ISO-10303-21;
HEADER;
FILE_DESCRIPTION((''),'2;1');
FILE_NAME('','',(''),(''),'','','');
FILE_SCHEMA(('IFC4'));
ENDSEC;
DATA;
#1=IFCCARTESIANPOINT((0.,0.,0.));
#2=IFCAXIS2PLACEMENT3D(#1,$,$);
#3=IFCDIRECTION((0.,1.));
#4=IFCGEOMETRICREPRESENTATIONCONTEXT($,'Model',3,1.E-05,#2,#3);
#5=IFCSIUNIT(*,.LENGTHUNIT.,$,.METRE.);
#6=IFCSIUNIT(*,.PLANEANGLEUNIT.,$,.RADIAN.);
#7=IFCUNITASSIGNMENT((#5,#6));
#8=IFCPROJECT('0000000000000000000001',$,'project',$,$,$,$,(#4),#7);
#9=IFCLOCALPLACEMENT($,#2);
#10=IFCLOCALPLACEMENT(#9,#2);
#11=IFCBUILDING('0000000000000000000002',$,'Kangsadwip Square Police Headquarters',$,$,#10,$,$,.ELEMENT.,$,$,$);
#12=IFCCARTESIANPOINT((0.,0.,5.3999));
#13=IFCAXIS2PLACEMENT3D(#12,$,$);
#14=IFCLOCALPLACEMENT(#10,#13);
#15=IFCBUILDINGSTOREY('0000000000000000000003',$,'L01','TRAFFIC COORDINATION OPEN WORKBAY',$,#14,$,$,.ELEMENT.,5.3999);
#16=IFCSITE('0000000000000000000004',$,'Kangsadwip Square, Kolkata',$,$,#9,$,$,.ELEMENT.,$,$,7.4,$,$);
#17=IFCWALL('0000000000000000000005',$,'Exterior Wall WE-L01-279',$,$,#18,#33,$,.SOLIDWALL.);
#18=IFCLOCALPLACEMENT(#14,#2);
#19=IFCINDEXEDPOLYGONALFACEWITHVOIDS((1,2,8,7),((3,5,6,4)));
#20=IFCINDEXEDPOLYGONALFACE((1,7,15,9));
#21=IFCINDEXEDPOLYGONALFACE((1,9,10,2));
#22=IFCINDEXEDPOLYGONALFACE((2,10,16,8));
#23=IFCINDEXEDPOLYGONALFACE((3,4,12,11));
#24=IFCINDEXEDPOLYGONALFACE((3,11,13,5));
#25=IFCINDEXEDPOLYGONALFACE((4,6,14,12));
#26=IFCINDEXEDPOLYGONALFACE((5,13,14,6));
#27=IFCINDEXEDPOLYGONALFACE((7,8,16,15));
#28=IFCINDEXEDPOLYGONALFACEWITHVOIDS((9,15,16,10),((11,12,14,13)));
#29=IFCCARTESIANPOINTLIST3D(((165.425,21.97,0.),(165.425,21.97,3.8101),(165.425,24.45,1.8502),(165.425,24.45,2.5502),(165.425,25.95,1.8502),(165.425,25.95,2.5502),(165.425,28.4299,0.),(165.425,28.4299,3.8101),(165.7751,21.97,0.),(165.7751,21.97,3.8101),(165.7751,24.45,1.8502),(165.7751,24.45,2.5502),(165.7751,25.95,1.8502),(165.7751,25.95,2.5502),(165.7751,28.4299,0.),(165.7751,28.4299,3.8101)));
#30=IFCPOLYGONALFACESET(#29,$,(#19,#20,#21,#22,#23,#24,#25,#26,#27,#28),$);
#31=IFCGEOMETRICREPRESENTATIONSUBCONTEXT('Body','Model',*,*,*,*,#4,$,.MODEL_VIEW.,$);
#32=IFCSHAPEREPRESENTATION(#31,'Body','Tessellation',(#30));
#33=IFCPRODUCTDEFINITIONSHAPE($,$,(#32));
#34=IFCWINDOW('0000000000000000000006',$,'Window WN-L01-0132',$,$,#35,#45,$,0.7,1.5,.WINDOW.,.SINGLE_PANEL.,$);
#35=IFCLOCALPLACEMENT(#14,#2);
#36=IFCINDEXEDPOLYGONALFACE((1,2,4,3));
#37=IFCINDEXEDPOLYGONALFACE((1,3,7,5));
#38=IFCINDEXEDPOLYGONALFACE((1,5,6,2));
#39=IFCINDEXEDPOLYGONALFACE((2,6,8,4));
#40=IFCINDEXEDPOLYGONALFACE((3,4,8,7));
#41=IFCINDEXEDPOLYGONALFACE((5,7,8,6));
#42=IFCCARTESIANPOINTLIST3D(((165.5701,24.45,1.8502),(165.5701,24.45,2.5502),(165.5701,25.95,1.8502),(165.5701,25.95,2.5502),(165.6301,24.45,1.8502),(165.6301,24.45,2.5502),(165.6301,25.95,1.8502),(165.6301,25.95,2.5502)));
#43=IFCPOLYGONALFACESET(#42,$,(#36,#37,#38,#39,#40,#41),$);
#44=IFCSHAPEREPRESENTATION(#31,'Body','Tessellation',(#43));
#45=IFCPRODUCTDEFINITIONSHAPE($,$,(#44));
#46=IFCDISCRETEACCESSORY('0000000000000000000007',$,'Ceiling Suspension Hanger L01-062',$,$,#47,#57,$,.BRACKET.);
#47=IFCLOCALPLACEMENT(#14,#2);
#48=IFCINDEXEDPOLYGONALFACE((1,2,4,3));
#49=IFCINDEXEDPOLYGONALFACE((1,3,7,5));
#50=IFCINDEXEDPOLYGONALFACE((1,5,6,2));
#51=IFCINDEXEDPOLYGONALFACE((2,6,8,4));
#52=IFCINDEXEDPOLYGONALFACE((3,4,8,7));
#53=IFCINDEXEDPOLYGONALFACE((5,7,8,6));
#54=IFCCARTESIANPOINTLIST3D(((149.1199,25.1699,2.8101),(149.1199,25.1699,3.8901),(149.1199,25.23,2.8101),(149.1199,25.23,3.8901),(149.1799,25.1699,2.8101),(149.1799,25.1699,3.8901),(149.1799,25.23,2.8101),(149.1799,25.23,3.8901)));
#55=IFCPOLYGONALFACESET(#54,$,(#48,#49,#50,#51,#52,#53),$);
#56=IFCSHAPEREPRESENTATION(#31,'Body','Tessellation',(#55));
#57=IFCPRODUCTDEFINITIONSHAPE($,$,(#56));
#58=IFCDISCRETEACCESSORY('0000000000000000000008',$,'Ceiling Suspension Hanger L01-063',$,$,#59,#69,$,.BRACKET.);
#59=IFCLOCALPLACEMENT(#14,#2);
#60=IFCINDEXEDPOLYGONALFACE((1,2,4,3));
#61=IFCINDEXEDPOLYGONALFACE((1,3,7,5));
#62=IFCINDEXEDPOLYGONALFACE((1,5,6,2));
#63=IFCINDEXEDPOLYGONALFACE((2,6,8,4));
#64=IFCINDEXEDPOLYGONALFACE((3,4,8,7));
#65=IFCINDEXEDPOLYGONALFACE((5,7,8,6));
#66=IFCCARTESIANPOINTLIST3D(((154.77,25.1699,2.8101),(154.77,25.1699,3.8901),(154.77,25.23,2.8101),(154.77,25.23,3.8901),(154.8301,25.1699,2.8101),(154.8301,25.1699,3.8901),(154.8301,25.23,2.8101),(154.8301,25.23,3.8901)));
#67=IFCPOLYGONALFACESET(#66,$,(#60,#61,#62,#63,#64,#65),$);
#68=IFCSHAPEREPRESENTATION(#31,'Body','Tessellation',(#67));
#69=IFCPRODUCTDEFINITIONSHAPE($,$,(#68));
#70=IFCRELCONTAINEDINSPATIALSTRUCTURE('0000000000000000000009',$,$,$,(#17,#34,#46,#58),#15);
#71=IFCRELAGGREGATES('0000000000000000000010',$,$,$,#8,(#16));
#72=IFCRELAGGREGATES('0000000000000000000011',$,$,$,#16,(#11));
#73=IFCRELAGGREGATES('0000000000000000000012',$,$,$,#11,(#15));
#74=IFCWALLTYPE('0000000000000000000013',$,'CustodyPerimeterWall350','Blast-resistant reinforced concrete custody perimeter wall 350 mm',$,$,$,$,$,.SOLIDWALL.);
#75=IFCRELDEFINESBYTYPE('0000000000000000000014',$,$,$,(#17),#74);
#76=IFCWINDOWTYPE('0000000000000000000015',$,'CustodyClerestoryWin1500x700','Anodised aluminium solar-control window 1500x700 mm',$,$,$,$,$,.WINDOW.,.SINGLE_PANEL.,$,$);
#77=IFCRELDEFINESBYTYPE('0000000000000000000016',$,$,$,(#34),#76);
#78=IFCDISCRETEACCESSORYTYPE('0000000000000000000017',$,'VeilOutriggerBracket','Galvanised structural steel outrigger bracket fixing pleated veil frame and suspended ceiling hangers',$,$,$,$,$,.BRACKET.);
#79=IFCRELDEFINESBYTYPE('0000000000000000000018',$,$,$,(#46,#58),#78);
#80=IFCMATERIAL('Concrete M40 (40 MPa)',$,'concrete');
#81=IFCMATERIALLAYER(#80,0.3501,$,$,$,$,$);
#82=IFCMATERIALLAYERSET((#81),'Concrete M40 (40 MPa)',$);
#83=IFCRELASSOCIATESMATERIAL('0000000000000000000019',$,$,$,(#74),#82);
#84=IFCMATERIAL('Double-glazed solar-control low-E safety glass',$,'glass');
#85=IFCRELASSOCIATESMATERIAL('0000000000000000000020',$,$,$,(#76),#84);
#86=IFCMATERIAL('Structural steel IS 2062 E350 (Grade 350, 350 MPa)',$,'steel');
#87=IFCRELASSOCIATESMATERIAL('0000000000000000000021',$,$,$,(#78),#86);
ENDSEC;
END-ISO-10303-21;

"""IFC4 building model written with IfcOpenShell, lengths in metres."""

from ifc_helpers import new_model, si_unit, direction, frame, frame_2d, origin, origin_2d, place, context, subcontext, project, spatial, rectangle, extrude, material, layer, layer_set, type_object, element, fill, save


model = new_model("IFC4")

# Units and contexts
model_context = context("Model", 3, precision=1e-05, world=origin(), true_north=direction((0.0, 1.0)))
body_context = subcontext(model_context, "Body", "Model", "MODEL_VIEW")
ifc_project = project(units=[si_unit("LENGTHUNIT", "METRE"), si_unit("PLANEANGLEUNIT", "RADIAN")], contexts=[model_context])

# Site, building, storey
site_placement = place(None, origin())
site = spatial("IfcSite", under=ifc_project, at=site_placement, Name="Kangsadwip Square, Kolkata", CompositionType="ELEMENT", RefElevation=7.4)
building_placement = place(site_placement, origin())
building = spatial("IfcBuilding", under=site, at=building_placement, Name="Kangsadwip Square Police Headquarters", CompositionType="ELEMENT")
storey_placement = place(building_placement, frame((0.0, 0.0, 5.3999)))
storey = spatial("IfcBuildingStorey", under=building, at=storey_placement, Name="L01", Description="TRAFFIC COORDINATION OPEN WORKBAY", CompositionType="ELEMENT", Elevation=5.3999)

# Wall, opening, window
ifc_material_1 = material(Name="Concrete M40 (40 MPa)", Category="concrete")
ifc_layer_1 = layer(ifc_material_1, 0.3501)
ifc_layer_set_1 = layer_set([ifc_layer_1], Name="Concrete M40 (40 MPa)")
wall_type_1 = type_object("IfcWallType", Name="CustodyPerimeterWall350", Description="Blast-resistant reinforced concrete custody perimeter wall 350 mm", PredefinedType="SOLIDWALL", material=ifc_layer_set_1)
ifc_material_2 = material(Name="Double-glazed solar-control low-E safety glass", Category="glass")
window_type_1 = type_object("IfcWindowType", Name="CustodyClerestoryWin1500x700", Description="Anodised aluminium solar-control window 1500x700 mm", PartitioningType="SINGLE_PANEL", PredefinedType="WINDOW", material=ifc_material_2)
wall_1_placement = place(storey_placement, frame((165.6001, 21.97, 0.0), z_axis=(0.0, 0.0, 1.0), x_axis=(0.0, 1.0, 0.0)))
wall_1 = element("IfcWall", 1, at=wall_1_placement, inside=storey, type_object=wall_type_1, Name="Exterior Wall WE-L01-279", PredefinedType="SOLIDWALL", context=body_context, shape_type="SweptSolid", body=[
    extrude(rectangle(XDim=6.46, YDim=0.3501, at=frame_2d((3.23, 0.0))), origin(), (0.0, 0.0, 1.0), 3.8101),
])
opening_1_placement = place(wall_1_placement, frame((2.48, 0.0, 1.8501)))
opening_1 = element("IfcOpeningElement", 2, at=opening_1_placement, cuts=wall_1, PredefinedType="OPENING", context=body_context, shape_type="SweptSolid", body=[
    extrude(rectangle(XDim=1.5, YDim=0.7, at=frame_2d((0.75, 0.3501))), frame((0.0, 0.1851, 0.0), z_axis=(0.0, -1.0, 0.0), x_axis=(1.0, 0.0, 0.0)), (0.0, 0.0, 1.0), 0.3701),
])
window_1_placement = place(opening_1_placement, origin())
window_1 = element("IfcWindow", 3, at=window_1_placement, inside=storey, type_object=window_type_1, Name="Window WN-L01-0132", OverallHeight=0.7, OverallWidth=1.5, PartitioningType="SINGLE_PANEL", PredefinedType="WINDOW", context=body_context, shape_type="SweptSolid", body=[
    extrude(rectangle(XDim=1.5, YDim=0.7, at=frame_2d((0.75, 0.3501))), frame((0.0, 0.03, 0.0), z_axis=(0.0, -1.0, 0.0), x_axis=(1.0, 0.0, 0.0)), (0.0, 0.0, 1.0), 0.0601),
])
fill(opening_1, window_1)

# Discrete accessories
ifc_material_3 = material(Name="Structural steel IS 2062 E350 (Grade 350, 350 MPa)", Category="steel")
discrete_accessory_type = type_object("IfcDiscreteAccessoryType", Name="VeilOutriggerBracket", Description="Galvanised structural steel outrigger bracket fixing pleated veil frame and suspended ceiling hangers", PredefinedType="BRACKET", material=ifc_material_3)
for number, where, z_axis, x_axis, name in (
    (4, (149.1499, 25.2, 2.8101), (0.0, 0.0, 1.0), (1.0, 0.0, 0.0), "Ceiling Suspension Hanger L01-062"),
    (5, (154.8, 25.2, 2.8101), (0.0, 0.0, 1.0), (1.0, 0.0, 0.0), "Ceiling Suspension Hanger L01-063"),
):
    element("IfcDiscreteAccessory", number, at=place(storey_placement, frame(where, z_axis=z_axis, x_axis=x_axis)), inside=storey, type_object=discrete_accessory_type, Name=name, PredefinedType="BRACKET", context=body_context, shape_type="SweptSolid", body=[
        extrude(rectangle(XDim=0.0601, YDim=0.0601, at=origin_2d()), origin(), (0.0, 0.0, 1.0), 1.0801),
    ])

save(model, "model.ifc")
